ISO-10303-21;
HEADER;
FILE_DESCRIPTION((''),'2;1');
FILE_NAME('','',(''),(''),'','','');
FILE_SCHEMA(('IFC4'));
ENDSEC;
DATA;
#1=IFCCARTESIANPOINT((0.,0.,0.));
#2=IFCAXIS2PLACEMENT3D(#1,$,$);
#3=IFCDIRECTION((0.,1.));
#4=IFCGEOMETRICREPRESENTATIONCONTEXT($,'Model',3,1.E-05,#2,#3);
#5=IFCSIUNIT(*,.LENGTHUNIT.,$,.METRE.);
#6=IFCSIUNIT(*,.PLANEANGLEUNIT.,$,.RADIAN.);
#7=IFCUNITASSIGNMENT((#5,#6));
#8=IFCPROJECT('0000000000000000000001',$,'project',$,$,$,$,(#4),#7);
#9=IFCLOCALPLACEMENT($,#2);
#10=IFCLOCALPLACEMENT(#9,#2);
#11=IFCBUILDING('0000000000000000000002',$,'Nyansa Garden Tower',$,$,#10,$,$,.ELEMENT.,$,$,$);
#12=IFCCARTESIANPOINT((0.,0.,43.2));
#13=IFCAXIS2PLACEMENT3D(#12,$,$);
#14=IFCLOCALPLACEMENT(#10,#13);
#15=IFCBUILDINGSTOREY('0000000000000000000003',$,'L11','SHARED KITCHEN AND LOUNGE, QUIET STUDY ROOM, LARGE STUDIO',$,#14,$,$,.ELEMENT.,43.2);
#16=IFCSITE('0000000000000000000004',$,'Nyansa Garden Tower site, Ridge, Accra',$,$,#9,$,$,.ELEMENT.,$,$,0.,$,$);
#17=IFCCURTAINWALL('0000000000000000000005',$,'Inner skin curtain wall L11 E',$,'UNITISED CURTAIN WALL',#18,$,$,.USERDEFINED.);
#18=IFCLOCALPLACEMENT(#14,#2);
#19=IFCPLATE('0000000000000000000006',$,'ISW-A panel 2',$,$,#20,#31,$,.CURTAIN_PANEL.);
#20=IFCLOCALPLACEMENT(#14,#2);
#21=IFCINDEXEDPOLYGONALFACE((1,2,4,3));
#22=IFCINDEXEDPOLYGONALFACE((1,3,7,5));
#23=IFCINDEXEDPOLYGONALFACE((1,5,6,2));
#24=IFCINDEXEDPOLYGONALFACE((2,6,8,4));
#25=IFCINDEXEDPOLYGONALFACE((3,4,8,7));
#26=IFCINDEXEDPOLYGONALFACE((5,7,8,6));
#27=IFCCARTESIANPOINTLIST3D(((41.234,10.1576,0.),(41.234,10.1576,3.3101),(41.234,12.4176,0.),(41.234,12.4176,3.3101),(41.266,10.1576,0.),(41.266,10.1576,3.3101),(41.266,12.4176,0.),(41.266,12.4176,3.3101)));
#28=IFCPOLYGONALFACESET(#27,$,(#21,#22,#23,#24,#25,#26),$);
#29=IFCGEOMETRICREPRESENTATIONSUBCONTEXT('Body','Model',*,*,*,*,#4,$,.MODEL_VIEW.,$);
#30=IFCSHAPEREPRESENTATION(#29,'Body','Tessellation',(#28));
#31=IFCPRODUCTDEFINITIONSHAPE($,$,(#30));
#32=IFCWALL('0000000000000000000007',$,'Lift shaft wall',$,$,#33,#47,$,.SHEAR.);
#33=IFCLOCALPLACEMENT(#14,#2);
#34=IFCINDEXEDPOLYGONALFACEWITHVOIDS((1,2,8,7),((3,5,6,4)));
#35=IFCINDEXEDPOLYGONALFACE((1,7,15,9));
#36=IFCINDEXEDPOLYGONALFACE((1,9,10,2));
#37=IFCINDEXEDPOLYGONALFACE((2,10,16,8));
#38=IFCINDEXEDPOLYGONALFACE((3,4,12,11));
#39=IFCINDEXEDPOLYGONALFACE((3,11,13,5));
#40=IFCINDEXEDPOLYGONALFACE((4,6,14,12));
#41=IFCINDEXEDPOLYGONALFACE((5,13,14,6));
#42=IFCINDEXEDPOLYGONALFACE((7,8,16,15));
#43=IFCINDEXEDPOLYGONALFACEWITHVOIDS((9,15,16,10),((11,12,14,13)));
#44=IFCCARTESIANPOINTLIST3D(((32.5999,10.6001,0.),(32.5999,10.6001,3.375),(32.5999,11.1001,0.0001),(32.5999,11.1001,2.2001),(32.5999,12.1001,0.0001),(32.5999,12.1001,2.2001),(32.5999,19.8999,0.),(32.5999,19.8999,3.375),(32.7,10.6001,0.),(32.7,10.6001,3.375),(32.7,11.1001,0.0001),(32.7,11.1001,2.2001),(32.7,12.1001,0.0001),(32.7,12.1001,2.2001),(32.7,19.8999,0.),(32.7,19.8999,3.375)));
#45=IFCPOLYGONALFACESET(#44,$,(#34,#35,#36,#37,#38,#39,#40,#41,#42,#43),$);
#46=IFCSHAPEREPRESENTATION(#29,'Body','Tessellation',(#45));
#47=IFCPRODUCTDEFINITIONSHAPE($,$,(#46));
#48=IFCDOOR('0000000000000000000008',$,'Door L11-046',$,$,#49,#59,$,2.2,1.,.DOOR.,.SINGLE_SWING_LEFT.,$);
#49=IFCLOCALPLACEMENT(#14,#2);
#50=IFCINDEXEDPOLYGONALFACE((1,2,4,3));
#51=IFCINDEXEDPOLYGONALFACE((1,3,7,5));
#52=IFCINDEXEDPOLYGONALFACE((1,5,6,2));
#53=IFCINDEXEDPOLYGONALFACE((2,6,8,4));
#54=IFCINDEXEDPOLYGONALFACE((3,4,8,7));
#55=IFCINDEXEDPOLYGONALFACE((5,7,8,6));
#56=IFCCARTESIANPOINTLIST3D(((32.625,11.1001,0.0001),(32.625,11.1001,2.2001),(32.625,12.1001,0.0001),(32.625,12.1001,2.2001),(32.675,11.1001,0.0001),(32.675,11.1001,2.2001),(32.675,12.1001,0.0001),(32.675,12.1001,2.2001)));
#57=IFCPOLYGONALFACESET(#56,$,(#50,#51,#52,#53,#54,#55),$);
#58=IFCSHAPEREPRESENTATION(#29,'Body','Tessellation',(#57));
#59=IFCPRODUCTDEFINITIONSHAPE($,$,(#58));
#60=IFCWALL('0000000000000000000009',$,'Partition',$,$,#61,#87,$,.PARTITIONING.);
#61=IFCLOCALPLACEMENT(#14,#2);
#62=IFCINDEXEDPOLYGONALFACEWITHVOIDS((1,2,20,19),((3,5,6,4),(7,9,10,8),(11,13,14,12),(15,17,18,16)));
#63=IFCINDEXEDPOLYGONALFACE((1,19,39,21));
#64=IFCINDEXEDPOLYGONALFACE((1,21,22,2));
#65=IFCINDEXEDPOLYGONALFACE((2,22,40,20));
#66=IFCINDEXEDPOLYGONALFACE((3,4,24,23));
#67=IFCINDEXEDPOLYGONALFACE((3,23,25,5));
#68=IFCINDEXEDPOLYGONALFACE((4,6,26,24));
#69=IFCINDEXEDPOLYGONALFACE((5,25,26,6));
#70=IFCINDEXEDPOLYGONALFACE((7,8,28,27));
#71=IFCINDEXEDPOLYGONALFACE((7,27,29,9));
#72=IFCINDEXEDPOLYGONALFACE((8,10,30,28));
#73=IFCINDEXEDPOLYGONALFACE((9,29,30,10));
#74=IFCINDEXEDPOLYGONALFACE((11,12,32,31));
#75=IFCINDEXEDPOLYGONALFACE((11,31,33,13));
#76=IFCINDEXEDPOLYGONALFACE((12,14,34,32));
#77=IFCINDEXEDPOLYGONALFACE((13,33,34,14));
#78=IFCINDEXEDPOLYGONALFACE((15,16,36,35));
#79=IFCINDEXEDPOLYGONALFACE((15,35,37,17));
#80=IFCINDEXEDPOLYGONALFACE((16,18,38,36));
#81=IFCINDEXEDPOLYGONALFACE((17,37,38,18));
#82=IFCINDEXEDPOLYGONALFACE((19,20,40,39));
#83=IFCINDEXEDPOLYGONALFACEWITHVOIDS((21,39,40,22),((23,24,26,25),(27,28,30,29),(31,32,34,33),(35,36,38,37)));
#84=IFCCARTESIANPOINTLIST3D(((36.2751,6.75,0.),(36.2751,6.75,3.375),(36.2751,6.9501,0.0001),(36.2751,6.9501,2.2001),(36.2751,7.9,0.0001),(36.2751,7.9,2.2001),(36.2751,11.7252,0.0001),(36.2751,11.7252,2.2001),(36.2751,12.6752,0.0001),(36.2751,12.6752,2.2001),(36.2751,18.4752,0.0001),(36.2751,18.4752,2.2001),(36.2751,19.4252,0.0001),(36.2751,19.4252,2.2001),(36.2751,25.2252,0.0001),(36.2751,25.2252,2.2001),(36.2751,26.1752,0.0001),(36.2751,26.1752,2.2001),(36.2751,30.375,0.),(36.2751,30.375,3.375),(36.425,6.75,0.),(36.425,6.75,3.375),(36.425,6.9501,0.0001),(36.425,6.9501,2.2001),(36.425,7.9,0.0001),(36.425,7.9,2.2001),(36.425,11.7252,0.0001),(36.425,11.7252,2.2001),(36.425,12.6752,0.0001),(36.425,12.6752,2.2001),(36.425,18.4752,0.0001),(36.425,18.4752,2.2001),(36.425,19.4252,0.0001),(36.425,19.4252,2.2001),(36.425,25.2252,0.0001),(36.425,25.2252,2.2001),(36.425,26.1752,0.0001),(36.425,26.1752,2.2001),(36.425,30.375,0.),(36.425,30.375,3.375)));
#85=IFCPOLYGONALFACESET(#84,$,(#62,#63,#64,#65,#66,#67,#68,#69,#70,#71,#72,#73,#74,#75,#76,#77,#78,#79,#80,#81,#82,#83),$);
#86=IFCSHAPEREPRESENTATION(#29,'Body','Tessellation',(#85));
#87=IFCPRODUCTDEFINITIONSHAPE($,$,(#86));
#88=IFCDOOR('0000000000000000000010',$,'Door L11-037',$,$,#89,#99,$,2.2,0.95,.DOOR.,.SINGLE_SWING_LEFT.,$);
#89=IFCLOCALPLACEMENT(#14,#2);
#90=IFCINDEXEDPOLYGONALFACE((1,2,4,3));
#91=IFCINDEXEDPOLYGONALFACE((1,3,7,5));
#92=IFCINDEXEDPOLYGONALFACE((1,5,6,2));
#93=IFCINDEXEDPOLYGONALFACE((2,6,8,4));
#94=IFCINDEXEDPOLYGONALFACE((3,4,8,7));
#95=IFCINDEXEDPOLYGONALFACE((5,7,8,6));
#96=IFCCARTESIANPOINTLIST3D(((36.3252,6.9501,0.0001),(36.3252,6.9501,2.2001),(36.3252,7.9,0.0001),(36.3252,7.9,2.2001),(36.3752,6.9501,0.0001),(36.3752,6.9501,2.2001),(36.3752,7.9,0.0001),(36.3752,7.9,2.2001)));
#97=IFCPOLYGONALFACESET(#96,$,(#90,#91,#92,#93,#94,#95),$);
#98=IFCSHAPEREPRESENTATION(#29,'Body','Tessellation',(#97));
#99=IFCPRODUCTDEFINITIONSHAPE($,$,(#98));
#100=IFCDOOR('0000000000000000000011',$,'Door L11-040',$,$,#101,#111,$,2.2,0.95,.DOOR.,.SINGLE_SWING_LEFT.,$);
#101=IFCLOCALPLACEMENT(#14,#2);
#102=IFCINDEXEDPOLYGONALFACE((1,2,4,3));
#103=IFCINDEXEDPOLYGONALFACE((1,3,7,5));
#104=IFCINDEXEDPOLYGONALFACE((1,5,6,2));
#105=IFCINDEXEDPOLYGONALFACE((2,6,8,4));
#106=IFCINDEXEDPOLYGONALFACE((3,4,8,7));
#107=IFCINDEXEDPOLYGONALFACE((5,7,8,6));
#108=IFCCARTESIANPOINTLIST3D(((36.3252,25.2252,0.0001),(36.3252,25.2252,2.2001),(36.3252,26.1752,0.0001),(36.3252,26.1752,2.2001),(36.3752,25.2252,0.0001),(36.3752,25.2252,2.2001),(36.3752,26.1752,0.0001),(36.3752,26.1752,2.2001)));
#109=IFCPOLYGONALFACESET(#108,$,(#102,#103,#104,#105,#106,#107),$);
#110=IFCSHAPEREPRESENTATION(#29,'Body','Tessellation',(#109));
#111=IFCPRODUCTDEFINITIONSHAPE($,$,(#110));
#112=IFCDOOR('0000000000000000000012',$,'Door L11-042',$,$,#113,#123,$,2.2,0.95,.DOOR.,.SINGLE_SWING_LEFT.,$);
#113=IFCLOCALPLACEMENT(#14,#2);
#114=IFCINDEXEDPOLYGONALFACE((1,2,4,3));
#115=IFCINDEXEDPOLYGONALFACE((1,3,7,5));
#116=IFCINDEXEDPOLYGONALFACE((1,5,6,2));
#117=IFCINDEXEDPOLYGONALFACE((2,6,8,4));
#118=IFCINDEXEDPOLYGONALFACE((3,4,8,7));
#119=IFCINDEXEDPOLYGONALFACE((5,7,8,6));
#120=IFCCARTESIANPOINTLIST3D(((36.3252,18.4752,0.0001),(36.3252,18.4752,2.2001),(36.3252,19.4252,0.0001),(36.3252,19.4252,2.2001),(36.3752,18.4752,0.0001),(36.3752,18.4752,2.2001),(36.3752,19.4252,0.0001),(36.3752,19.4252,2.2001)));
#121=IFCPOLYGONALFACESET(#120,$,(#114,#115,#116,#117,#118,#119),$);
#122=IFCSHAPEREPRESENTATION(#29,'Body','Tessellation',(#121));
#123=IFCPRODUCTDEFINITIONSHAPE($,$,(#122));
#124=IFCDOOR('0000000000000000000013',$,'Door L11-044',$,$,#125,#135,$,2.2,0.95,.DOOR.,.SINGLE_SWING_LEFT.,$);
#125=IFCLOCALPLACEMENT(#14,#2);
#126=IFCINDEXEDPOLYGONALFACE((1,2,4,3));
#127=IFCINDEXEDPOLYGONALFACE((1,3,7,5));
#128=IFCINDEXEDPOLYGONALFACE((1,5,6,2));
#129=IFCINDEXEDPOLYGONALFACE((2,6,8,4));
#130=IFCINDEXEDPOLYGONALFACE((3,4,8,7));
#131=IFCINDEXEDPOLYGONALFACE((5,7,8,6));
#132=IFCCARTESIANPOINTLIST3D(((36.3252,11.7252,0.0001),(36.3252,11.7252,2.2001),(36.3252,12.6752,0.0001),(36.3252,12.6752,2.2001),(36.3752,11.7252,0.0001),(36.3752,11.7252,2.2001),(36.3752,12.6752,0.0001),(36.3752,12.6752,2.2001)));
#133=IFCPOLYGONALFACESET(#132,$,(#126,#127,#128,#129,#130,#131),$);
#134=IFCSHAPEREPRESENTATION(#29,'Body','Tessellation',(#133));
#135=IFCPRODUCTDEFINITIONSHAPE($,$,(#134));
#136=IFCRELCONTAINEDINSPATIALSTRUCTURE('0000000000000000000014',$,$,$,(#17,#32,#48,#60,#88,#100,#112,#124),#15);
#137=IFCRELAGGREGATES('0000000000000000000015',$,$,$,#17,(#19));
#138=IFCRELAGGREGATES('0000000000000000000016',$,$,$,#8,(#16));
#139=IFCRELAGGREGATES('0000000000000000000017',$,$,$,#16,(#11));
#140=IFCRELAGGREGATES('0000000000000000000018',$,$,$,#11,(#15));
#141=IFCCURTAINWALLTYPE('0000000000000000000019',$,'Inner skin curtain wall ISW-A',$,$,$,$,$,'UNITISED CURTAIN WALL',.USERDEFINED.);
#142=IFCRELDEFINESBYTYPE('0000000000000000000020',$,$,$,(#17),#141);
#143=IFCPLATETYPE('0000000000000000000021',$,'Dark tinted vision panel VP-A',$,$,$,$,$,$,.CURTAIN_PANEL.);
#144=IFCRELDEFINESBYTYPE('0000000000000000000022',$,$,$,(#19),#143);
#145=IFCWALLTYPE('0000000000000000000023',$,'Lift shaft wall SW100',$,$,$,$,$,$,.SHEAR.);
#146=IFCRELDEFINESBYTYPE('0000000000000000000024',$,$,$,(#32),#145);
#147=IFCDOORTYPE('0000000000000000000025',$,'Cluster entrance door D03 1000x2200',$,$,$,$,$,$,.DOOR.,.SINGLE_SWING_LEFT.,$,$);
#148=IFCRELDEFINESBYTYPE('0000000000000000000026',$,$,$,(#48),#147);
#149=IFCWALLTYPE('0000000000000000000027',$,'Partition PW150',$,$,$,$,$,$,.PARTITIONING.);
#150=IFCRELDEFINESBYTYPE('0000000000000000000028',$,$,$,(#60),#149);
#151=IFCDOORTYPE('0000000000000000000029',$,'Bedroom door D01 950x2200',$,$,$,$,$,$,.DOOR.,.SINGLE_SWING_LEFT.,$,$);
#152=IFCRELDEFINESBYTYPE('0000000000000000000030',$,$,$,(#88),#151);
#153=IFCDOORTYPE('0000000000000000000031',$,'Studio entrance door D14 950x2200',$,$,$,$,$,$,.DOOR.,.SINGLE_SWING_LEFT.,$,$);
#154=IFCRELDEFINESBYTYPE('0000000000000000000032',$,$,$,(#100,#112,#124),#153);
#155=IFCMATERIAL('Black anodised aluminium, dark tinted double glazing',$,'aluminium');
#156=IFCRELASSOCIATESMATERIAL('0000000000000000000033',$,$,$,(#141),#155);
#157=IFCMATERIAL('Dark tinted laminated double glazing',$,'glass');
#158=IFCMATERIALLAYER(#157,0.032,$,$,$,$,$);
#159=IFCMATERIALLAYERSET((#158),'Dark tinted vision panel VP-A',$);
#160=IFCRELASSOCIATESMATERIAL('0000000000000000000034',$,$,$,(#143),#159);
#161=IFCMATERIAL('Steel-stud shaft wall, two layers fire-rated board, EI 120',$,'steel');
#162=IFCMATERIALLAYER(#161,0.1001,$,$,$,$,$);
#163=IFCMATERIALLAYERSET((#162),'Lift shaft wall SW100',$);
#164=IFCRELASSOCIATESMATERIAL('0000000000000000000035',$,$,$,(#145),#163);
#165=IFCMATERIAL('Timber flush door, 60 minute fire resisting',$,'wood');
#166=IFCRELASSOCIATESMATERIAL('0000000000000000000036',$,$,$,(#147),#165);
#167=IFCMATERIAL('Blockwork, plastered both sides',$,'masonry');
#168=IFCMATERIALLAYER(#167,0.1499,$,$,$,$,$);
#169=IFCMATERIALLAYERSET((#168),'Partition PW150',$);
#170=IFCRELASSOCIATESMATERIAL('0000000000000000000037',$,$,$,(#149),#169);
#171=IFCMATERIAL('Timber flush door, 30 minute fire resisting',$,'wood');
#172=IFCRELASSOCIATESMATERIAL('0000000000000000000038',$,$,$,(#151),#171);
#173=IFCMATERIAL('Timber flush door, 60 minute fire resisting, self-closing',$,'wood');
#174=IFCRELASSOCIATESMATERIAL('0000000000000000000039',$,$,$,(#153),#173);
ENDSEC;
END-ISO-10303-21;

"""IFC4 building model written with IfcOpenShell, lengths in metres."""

from ifc_helpers import new_model, si_unit, direction, frame, frame_2d, origin, origin_2d, place, context, subcontext, project, spatial, rectangle, extrude, material, layer, layer_set, type_object, element, fill, aggregate, save


model = new_model("IFC4")

# Units and contexts
model_context = context("Model", 3, precision=1e-05, world=origin(), true_north=direction((0.0, 1.0)))
body_context = subcontext(model_context, "Body", "Model", "MODEL_VIEW")
ifc_project = project(units=[si_unit("LENGTHUNIT", "METRE"), si_unit("PLANEANGLEUNIT", "RADIAN")], contexts=[model_context])

# Site, building, storey
site_placement = place(None, origin())
site = spatial("IfcSite", under=ifc_project, at=site_placement, Name="Nyansa Garden Tower site, Ridge, Accra", CompositionType="ELEMENT", RefElevation=0.0)
building_placement = place(site_placement, origin())
building = spatial("IfcBuilding", under=site, at=building_placement, Name="Nyansa Garden Tower", CompositionType="ELEMENT")
storey_placement = place(building_placement, frame((0.0, 0.0, 43.2)))
storey = spatial("IfcBuildingStorey", under=building, at=storey_placement, Name="L11", Description="SHARED KITCHEN AND LOUNGE, QUIET STUDY ROOM, LARGE STUDIO", CompositionType="ELEMENT", Elevation=43.2)

# Curtain wall
ifc_material_1 = material(Name="Black anodised aluminium, dark tinted double glazing", Category="aluminium")
curtain_wall_type = type_object("IfcCurtainWallType", Name="Inner skin curtain wall ISW-A", ElementType="UNITISED CURTAIN WALL", PredefinedType="USERDEFINED", material=ifc_material_1)
curtain_wall_placement = place(storey_placement, origin())
curtain_wall = element("IfcCurtainWall", 1, at=curtain_wall_placement, inside=storey, type_object=curtain_wall_type, Name="Inner skin curtain wall L11 E", ObjectType="UNITISED CURTAIN WALL", PredefinedType="USERDEFINED")

# Plate
ifc_material_2 = material(Name="Dark tinted laminated double glazing", Category="glass")
ifc_layer_1 = layer(ifc_material_2, 0.032)
ifc_layer_set_1 = layer_set([ifc_layer_1], Name="Dark tinted vision panel VP-A")
plate_type = type_object("IfcPlateType", Name="Dark tinted vision panel VP-A", PredefinedType="CURTAIN_PANEL", material=ifc_layer_set_1)
plate_1_placement = place(storey_placement, frame((41.25, 11.2876, 0.0), z_axis=(0.0, 0.0, 1.0), x_axis=(0.0, 1.0, 0.0)))
plate_1 = element("IfcPlate", 2, at=plate_1_placement, type_object=plate_type, Name="ISW-A panel 2", PredefinedType="CURTAIN_PANEL", context=body_context, shape_type="SweptSolid", body=[
    extrude(rectangle(XDim=2.26, YDim=0.032, at=origin_2d()), origin(), (0.0, 0.0, 1.0), 3.3101),
])
aggregate(curtain_wall, [plate_1])

# Wall, opening, door
ifc_material_3 = material(Name="Steel-stud shaft wall, two layers fire-rated board, EI 120", Category="steel")
ifc_layer_2 = layer(ifc_material_3, 0.1001)
ifc_layer_set_2 = layer_set([ifc_layer_2], Name="Lift shaft wall SW100")
wall_type_1 = type_object("IfcWallType", Name="Lift shaft wall SW100", PredefinedType="SHEAR", material=ifc_layer_set_2)
wall_1_placement = place(storey_placement, frame((32.6499, 10.6001, 0.0), z_axis=(0.0, 0.0, 1.0), x_axis=(0.0, 1.0, 0.0)))
wall_1 = element("IfcWall", 3, at=wall_1_placement, inside=storey, type_object=wall_type_1, Name="Lift shaft wall", PredefinedType="SHEAR", context=body_context, shape_type="SweptSolid", body=[
    extrude(rectangle(XDim=9.2998, YDim=0.1001, at=frame_2d((4.6499, 0.0))), origin(), (0.0, 0.0, 1.0), 3.375),
])
opening_1_placement = place(wall_1_placement, frame((0.5, 0.0, 0.0)))
opening_1 = element("IfcOpeningElement", 4, at=opening_1_placement, cuts=wall_1, PredefinedType="OPENING", context=body_context, shape_type="SweptSolid", body=[
    extrude(rectangle(XDim=1.0, YDim=2.2, at=frame_2d((0.5, 1.1001))), frame((0.0, 0.0601, 0.0), z_axis=(0.0, -1.0, 0.0), x_axis=(1.0, 0.0, 0.0)), (0.0, 0.0, 1.0), 0.1201),
])
ifc_material_4 = material(Name="Timber flush door, 60 minute fire resisting", Category="wood")
door_type_1 = type_object("IfcDoorType", Name="Cluster entrance door D03 1000x2200", OperationType="SINGLE_SWING_LEFT", PredefinedType="DOOR", material=ifc_material_4)
door_1_placement = place(opening_1_placement, origin())
door_1 = element("IfcDoor", 5, at=door_1_placement, inside=storey, type_object=door_type_1, Name="Door L11-046", OperationType="SINGLE_SWING_LEFT", OverallHeight=2.2, OverallWidth=1.0, PredefinedType="DOOR", context=body_context, shape_type="SweptSolid", body=[
    extrude(rectangle(XDim=1.0, YDim=2.2, at=frame_2d((0.5, 1.1001))), frame((0.0, 0.0249, 0.0), z_axis=(0.0, -1.0, 0.0), x_axis=(1.0, 0.0, 0.0)), (0.0, 0.0, 1.0), 0.05),
])
fill(opening_1, door_1)

# Wall, openings, doors
ifc_material_5 = material(Name="Blockwork, plastered both sides", Category="masonry")
ifc_layer_3 = layer(ifc_material_5, 0.1499)
ifc_layer_set_3 = layer_set([ifc_layer_3], Name="Partition PW150")
wall_type_2 = type_object("IfcWallType", Name="Partition PW150", PredefinedType="PARTITIONING", material=ifc_layer_set_3)
wall_2_placement = place(storey_placement, frame((36.3501, 6.75, 0.0), z_axis=(0.0, 0.0, 1.0), x_axis=(0.0, 1.0, 0.0)))
wall_2 = element("IfcWall", 6, at=wall_2_placement, inside=storey, type_object=wall_type_2, Name="Partition", PredefinedType="PARTITIONING", context=body_context, shape_type="SweptSolid", body=[
    extrude(rectangle(XDim=23.625, YDim=0.1499, at=frame_2d((11.8125, 0.0))), origin(), (0.0, 0.0, 1.0), 3.375),
])
opening_2_placement = place(wall_2_placement, frame((0.2, 0.0, 0.0)))
opening_2 = element("IfcOpeningElement", 7, at=opening_2_placement, cuts=wall_2, PredefinedType="OPENING", context=body_context, shape_type="SweptSolid", body=[
    extrude(rectangle(XDim=0.95, YDim=2.2, at=frame_2d((0.4751, 1.1001))), frame((0.0, 0.085, 0.0), z_axis=(0.0, -1.0, 0.0), x_axis=(1.0, 0.0, 0.0)), (0.0, 0.0, 1.0), 0.1699),
])
opening_3_placement = place(wall_2_placement, frame((18.4751, 0.0, 0.0)))
opening_3 = element("IfcOpeningElement", 8, at=opening_3_placement, cuts=wall_2, PredefinedType="OPENING", context=body_context, shape_type="SweptSolid", body=[
    extrude(rectangle(XDim=0.95, YDim=2.2, at=frame_2d((0.4751, 1.1001))), frame((0.0, 0.085, 0.0), z_axis=(0.0, -1.0, 0.0), x_axis=(1.0, 0.0, 0.0)), (0.0, 0.0, 1.0), 0.1699),
])
opening_4_placement = place(wall_2_placement, frame((11.7251, 0.0, 0.0)))
opening_4 = element("IfcOpeningElement", 9, at=opening_4_placement, cuts=wall_2, PredefinedType="OPENING", context=body_context, shape_type="SweptSolid", body=[
    extrude(rectangle(XDim=0.95, YDim=2.2, at=frame_2d((0.4751, 1.1001))), frame((0.0, 0.085, 0.0), z_axis=(0.0, -1.0, 0.0), x_axis=(1.0, 0.0, 0.0)), (0.0, 0.0, 1.0), 0.1699),
])
opening_5_placement = place(wall_2_placement, frame((4.9751, 0.0, 0.0)))
opening_5 = element("IfcOpeningElement", 10, at=opening_5_placement, cuts=wall_2, PredefinedType="OPENING", context=body_context, shape_type="SweptSolid", body=[
    extrude(rectangle(XDim=0.95, YDim=2.2, at=frame_2d((0.4751, 1.1001))), frame((0.0, 0.085, 0.0), z_axis=(0.0, -1.0, 0.0), x_axis=(1.0, 0.0, 0.0)), (0.0, 0.0, 1.0), 0.1699),
])
ifc_material_6 = material(Name="Timber flush door, 30 minute fire resisting", Category="wood")
door_type_2 = type_object("IfcDoorType", Name="Bedroom door D01 950x2200", OperationType="SINGLE_SWING_LEFT", PredefinedType="DOOR", material=ifc_material_6)
door_2_placement = place(opening_2_placement, origin())
door_2 = element("IfcDoor", 11, at=door_2_placement, inside=storey, type_object=door_type_2, Name="Door L11-037", OperationType="SINGLE_SWING_LEFT", OverallHeight=2.2, OverallWidth=0.95, PredefinedType="DOOR", context=body_context, shape_type="SweptSolid", body=[
    extrude(rectangle(XDim=0.95, YDim=2.2, at=frame_2d((0.4751, 1.1001))), frame((0.0, 0.0249, 0.0), z_axis=(0.0, -1.0, 0.0), x_axis=(1.0, 0.0, 0.0)), (0.0, 0.0, 1.0), 0.05),
])
fill(opening_2, door_2)
ifc_material_7 = material(Name="Timber flush door, 60 minute fire resisting, self-closing", Category="wood")
door_type_3 = type_object("IfcDoorType", Name="Studio entrance door D14 950x2200", OperationType="SINGLE_SWING_LEFT", PredefinedType="DOOR", material=ifc_material_7)
door_3_placement = place(opening_3_placement, origin())
door_3 = element("IfcDoor", 12, at=door_3_placement, inside=storey, type_object=door_type_3, Name="Door L11-040", OperationType="SINGLE_SWING_LEFT", OverallHeight=2.2, OverallWidth=0.95, PredefinedType="DOOR", context=body_context, shape_type="SweptSolid", body=[
    extrude(rectangle(XDim=0.95, YDim=2.2, at=frame_2d((0.4751, 1.1001))), frame((0.0, 0.0249, 0.0), z_axis=(0.0, -1.0, 0.0), x_axis=(1.0, 0.0, 0.0)), (0.0, 0.0, 1.0), 0.05),
])
fill(opening_3, door_3)
door_4_placement = place(opening_4_placement, origin())
door_4 = element("IfcDoor", 13, at=door_4_placement, inside=storey, type_object=door_type_3, Name="Door L11-042", OperationType="SINGLE_SWING_LEFT", OverallHeight=2.2, OverallWidth=0.95, PredefinedType="DOOR", context=body_context, shape_type="SweptSolid", body=[
    extrude(rectangle(XDim=0.95, YDim=2.2, at=frame_2d((0.4751, 1.1001))), frame((0.0, 0.0249, 0.0), z_axis=(0.0, -1.0, 0.0), x_axis=(1.0, 0.0, 0.0)), (0.0, 0.0, 1.0), 0.05),
])
fill(opening_4, door_4)
door_5_placement = place(opening_5_placement, origin())
door_5 = element("IfcDoor", 14, at=door_5_placement, inside=storey, type_object=door_type_3, Name="Door L11-044", OperationType="SINGLE_SWING_LEFT", OverallHeight=2.2, OverallWidth=0.95, PredefinedType="DOOR", context=body_context, shape_type="SweptSolid", body=[
    extrude(rectangle(XDim=0.95, YDim=2.2, at=frame_2d((0.4751, 1.1001))), frame((0.0, 0.0249, 0.0), z_axis=(0.0, -1.0, 0.0), x_axis=(1.0, 0.0, 0.0)), (0.0, 0.0, 1.0), 0.05),
])
fill(opening_5, door_5)

save(model, "model.ifc")
